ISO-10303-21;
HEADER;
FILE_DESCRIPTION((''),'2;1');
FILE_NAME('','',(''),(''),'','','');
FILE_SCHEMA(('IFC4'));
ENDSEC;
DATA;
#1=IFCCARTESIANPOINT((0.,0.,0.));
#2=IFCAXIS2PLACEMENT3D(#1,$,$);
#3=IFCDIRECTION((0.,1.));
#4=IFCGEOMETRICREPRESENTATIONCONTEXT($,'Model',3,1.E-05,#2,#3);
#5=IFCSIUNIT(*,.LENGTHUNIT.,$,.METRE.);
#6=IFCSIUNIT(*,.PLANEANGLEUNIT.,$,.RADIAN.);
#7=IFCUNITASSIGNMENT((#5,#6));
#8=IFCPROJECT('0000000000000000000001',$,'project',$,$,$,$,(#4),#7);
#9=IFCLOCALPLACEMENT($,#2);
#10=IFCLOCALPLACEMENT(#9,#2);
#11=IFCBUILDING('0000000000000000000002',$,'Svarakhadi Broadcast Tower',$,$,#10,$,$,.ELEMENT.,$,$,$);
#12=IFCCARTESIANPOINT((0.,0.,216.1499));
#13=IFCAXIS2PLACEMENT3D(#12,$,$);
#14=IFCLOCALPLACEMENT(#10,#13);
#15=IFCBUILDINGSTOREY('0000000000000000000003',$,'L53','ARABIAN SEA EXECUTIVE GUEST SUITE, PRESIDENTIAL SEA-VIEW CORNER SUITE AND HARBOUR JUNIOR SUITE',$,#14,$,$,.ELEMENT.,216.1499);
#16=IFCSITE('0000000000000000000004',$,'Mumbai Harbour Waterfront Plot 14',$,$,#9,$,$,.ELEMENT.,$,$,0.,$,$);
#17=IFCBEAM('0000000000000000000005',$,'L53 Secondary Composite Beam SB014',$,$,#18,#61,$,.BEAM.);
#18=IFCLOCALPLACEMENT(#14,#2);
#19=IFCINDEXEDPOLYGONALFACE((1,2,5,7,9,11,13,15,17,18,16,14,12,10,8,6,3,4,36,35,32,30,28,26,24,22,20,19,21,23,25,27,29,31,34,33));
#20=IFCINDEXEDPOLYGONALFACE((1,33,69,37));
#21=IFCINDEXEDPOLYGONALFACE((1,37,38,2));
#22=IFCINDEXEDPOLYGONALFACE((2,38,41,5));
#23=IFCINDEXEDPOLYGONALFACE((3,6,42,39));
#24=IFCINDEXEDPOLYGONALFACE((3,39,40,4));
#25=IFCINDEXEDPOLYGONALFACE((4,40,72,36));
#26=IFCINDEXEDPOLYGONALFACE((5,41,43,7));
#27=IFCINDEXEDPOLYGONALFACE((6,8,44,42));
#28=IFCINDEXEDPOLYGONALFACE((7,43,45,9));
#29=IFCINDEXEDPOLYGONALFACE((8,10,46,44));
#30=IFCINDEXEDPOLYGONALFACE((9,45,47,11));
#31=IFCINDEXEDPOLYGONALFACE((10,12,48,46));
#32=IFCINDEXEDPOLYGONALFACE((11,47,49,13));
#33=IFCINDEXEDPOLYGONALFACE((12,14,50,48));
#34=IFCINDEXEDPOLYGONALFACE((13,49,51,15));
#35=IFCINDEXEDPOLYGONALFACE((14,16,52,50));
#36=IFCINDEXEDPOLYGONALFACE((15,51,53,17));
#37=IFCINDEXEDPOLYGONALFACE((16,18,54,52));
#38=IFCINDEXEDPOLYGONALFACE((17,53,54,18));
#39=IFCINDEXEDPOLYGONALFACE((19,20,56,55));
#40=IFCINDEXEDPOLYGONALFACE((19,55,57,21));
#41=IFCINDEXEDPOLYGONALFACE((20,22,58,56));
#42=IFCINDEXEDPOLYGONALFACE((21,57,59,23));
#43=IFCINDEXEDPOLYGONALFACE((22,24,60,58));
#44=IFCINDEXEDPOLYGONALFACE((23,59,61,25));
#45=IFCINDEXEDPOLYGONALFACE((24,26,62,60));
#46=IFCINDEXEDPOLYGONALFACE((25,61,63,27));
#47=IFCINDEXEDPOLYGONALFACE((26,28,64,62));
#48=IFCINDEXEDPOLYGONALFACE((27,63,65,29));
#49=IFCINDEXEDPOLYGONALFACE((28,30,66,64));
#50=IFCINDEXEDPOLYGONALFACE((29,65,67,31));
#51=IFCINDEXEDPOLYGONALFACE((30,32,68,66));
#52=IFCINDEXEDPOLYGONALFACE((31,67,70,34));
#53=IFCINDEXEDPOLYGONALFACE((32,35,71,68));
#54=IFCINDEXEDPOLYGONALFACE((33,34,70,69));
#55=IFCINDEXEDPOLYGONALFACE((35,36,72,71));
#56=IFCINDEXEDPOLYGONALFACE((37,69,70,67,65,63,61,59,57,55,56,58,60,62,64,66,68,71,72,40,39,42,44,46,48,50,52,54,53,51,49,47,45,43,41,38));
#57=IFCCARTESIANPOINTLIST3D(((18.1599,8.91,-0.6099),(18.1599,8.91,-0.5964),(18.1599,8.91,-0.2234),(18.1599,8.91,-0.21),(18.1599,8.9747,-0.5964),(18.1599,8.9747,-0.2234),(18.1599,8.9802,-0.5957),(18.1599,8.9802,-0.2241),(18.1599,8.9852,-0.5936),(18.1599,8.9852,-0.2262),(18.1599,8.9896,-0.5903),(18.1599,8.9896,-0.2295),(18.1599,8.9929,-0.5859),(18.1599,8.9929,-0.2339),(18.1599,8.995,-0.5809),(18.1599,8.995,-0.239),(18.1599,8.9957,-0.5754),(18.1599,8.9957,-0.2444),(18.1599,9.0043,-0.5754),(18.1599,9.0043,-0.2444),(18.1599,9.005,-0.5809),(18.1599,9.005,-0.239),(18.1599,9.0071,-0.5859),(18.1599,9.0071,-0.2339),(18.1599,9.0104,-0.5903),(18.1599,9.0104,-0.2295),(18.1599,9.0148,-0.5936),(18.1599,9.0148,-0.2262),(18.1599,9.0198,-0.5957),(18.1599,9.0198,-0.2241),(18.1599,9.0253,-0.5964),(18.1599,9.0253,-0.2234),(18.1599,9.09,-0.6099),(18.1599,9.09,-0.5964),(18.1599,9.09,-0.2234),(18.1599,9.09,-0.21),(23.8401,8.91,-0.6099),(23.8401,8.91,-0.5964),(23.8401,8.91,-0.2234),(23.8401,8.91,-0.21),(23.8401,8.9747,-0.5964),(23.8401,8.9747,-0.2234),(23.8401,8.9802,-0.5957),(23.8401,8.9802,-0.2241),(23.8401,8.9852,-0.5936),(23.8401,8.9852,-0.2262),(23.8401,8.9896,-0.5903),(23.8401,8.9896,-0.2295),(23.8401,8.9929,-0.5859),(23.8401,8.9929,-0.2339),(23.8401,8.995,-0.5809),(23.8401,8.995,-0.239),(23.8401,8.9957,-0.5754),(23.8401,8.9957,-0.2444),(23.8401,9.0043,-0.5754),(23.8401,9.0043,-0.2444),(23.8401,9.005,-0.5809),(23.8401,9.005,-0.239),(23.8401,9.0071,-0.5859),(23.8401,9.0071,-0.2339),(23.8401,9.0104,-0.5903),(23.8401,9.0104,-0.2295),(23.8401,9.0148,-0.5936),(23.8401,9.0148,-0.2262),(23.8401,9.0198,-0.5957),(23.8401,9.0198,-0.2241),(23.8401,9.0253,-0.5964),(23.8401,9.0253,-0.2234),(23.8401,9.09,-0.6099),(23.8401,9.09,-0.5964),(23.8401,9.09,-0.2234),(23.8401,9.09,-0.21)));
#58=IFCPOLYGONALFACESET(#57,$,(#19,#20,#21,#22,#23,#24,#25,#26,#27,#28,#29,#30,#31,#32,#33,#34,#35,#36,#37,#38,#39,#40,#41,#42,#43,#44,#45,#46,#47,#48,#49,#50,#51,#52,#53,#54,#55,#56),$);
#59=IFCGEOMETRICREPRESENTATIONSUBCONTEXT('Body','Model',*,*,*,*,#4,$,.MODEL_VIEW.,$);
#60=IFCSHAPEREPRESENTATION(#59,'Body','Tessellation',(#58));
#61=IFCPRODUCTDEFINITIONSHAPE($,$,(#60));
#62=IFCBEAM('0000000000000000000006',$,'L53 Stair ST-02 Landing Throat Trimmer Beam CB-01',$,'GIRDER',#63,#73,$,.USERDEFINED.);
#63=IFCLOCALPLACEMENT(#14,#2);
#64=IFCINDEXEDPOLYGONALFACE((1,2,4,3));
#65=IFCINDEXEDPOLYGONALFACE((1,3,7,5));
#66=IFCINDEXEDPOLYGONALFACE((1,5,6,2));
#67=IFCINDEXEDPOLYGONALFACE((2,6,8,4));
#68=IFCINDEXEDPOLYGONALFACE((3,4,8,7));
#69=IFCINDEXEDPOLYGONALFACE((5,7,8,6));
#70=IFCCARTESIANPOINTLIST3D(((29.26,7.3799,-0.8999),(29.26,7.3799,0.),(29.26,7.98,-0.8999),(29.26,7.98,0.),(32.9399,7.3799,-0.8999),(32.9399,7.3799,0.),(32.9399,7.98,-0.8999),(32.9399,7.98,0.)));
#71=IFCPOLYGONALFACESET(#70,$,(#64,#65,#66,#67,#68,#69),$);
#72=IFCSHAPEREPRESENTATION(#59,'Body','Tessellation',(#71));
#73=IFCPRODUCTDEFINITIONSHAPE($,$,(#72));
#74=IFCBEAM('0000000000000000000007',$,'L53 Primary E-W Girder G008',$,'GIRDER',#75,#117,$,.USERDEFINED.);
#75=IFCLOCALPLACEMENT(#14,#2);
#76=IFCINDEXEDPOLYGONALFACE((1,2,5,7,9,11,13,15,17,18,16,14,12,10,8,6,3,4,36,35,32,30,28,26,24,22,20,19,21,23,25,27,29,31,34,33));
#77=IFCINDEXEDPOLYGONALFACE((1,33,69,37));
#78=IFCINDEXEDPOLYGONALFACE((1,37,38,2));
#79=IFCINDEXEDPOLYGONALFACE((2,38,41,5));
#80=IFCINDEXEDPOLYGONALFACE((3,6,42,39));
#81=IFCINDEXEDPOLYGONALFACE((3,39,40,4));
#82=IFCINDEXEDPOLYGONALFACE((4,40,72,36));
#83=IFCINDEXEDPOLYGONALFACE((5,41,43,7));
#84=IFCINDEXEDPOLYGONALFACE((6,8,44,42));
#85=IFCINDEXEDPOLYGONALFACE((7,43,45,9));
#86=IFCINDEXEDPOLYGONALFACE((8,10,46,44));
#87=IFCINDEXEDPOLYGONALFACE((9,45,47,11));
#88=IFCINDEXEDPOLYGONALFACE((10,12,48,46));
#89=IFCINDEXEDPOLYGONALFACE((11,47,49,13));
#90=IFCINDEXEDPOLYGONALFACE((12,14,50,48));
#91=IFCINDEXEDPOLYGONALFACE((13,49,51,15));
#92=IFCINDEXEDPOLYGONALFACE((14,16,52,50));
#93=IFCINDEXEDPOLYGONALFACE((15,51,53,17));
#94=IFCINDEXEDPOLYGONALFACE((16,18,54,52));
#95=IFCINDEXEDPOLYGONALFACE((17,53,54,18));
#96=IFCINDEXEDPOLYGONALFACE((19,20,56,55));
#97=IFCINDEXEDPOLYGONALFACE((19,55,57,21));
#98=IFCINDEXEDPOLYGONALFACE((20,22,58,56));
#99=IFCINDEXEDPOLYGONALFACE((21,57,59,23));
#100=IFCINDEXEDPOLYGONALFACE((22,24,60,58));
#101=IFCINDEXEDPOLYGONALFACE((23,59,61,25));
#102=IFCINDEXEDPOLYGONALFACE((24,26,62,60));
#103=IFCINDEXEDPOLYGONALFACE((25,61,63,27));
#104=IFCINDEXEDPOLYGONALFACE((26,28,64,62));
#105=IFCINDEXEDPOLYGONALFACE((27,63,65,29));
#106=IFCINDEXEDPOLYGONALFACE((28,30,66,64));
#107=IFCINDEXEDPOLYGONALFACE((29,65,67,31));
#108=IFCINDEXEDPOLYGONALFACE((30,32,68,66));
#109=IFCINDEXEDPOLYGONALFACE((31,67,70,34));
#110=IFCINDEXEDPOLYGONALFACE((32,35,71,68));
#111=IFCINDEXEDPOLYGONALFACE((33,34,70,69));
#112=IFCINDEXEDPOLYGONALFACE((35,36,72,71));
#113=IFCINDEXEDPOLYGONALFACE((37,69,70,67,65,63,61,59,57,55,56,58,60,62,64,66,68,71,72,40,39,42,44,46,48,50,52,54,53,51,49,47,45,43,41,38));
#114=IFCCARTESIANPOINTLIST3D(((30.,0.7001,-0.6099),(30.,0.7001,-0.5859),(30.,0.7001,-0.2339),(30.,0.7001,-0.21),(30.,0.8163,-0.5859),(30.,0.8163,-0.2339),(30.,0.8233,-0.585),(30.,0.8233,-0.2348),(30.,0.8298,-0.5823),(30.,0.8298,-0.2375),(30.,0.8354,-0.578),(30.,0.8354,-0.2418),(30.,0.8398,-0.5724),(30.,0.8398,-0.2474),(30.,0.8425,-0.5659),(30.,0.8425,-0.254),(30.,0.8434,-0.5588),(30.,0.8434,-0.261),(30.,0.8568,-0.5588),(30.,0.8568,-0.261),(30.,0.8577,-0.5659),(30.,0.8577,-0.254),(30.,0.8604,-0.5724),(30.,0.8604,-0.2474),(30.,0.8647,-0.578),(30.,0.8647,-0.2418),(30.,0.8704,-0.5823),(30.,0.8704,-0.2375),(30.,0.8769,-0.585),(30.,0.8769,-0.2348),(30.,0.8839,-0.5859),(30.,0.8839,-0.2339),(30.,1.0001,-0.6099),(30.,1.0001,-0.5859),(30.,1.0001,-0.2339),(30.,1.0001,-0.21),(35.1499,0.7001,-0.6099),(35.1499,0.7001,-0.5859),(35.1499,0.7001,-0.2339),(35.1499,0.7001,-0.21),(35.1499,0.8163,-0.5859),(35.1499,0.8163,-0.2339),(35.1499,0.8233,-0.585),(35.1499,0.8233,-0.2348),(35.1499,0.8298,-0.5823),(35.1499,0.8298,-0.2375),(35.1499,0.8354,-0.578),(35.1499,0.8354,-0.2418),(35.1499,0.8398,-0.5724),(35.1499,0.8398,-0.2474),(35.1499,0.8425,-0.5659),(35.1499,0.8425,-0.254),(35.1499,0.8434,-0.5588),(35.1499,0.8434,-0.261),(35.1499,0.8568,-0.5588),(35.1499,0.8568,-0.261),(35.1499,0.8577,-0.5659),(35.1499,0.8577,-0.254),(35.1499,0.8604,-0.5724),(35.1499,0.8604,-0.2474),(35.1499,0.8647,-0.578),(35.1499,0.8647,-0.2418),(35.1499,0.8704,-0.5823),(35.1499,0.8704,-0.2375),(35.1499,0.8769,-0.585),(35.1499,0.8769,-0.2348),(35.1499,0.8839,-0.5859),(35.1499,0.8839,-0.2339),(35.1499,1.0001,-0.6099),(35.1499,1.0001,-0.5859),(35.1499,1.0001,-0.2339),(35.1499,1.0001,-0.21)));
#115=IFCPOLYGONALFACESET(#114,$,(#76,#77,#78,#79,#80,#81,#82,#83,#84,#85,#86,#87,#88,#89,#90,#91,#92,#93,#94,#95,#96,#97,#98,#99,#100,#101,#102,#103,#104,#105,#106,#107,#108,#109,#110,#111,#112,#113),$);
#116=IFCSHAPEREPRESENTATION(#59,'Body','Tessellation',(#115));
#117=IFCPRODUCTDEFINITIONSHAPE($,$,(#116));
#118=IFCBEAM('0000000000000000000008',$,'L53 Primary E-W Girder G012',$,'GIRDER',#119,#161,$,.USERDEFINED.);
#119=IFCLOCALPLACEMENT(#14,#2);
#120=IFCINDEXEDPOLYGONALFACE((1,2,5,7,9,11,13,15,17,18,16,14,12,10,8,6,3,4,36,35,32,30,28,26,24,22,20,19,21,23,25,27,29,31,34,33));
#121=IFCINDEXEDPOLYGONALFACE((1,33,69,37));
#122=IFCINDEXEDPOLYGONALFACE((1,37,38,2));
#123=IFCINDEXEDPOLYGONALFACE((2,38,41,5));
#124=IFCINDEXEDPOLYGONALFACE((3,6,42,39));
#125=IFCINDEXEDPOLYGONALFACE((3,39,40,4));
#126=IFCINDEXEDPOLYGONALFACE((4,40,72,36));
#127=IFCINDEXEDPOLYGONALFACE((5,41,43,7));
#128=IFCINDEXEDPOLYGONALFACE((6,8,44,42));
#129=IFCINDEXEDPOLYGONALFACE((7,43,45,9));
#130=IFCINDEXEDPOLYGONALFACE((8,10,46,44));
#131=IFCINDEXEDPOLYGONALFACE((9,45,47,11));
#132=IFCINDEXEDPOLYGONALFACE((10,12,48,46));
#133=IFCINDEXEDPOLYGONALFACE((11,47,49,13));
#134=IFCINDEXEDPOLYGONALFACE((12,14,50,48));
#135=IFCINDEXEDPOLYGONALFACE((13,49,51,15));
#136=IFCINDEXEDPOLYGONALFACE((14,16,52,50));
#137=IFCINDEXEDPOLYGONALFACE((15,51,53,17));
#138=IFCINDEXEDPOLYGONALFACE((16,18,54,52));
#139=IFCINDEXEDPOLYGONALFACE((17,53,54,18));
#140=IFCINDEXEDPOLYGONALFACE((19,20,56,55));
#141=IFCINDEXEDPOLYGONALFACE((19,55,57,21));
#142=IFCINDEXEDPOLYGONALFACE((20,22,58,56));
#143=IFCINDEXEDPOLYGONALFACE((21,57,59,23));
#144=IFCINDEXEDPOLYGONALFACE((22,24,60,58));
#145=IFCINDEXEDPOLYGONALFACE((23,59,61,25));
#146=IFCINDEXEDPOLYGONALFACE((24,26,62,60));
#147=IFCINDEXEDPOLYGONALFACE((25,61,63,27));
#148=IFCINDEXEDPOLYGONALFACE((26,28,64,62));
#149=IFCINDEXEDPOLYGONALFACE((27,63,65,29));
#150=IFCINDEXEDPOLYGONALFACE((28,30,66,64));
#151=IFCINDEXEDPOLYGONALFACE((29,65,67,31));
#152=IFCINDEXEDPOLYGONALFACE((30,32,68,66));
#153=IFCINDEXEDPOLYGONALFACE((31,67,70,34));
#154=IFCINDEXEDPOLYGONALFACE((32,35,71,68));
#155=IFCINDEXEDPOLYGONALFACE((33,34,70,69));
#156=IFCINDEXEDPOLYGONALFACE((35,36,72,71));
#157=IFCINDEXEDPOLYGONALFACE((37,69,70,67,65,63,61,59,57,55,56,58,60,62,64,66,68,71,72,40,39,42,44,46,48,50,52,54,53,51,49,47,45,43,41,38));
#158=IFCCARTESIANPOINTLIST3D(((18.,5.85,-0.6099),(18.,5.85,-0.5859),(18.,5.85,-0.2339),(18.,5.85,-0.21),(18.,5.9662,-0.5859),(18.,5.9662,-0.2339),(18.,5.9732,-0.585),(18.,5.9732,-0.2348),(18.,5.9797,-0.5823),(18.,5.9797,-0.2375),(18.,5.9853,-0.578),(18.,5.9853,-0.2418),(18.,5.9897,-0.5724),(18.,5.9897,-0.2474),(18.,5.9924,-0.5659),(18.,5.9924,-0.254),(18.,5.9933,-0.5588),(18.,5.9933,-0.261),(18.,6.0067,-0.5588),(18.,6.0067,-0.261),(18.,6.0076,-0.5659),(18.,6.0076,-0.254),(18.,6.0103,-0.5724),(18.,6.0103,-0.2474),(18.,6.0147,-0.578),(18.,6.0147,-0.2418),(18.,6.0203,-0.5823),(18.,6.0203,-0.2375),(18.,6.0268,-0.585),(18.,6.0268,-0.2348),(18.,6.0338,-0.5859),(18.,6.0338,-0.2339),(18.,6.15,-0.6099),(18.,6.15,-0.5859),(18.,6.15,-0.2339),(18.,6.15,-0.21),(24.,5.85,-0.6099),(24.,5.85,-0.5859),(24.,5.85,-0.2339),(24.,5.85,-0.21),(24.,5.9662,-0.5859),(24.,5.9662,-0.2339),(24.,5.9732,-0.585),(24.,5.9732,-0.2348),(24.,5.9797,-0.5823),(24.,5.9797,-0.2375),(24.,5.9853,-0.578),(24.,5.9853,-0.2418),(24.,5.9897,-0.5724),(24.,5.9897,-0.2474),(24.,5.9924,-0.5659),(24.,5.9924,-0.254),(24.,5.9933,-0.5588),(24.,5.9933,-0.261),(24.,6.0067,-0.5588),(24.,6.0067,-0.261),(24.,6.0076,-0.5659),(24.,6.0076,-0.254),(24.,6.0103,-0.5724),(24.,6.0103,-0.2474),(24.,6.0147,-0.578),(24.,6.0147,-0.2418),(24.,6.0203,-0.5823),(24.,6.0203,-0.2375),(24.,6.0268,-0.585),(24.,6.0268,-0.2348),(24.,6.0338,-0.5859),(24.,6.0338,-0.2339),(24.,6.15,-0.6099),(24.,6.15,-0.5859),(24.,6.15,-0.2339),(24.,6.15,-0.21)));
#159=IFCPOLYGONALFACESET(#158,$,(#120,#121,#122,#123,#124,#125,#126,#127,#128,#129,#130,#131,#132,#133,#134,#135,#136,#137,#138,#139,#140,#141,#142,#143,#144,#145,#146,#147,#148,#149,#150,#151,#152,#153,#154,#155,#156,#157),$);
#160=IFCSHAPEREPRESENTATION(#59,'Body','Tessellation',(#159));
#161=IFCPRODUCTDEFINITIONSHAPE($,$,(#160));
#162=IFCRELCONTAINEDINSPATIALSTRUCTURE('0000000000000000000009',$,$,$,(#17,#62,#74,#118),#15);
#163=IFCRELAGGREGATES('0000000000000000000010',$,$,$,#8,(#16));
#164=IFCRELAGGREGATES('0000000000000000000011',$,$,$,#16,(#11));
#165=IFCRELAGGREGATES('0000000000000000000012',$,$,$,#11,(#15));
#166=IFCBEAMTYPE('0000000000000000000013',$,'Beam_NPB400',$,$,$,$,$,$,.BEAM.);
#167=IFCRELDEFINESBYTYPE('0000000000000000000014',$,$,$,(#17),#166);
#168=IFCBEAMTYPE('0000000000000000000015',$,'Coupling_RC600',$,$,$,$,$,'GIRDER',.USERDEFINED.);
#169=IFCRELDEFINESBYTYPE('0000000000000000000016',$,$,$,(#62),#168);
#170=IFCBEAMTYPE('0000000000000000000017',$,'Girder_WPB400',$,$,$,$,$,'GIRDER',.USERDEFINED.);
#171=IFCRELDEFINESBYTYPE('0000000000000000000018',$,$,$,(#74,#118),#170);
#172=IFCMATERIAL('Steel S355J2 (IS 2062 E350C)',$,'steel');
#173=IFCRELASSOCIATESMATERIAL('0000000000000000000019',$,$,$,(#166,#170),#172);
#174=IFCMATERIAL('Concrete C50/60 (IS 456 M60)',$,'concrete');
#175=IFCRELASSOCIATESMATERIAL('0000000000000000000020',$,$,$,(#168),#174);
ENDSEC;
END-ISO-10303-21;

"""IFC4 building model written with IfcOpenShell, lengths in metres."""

from ifc_helpers import new_model, si_unit, direction, frame, origin, origin_2d, place, context, subcontext, project, spatial, rectangle, i_section, extrude, material, material_profile, profile_set, type_object, element, save


model = new_model("IFC4")

# Units and contexts
model_context = context("Model", 3, precision=1e-05, world=origin(), true_north=direction((0.0, 1.0)))
body_context = subcontext(model_context, "Body", "Model", "MODEL_VIEW")
ifc_project = project(units=[si_unit("LENGTHUNIT", "METRE"), si_unit("PLANEANGLEUNIT", "RADIAN")], contexts=[model_context])

# Site, building, storey
site_placement = place(None, origin())
site = spatial("IfcSite", under=ifc_project, at=site_placement, Name="Mumbai Harbour Waterfront Plot 14", CompositionType="ELEMENT", RefElevation=0.0)
building_placement = place(site_placement, origin())
building = spatial("IfcBuilding", under=site, at=building_placement, Name="Svarakhadi Broadcast Tower", CompositionType="ELEMENT")
storey_placement = place(building_placement, frame((0.0, 0.0, 216.1499)))
storey = spatial("IfcBuildingStorey", under=building, at=storey_placement, Name="L53", Description="ARABIAN SEA EXECUTIVE GUEST SUITE, PRESIDENTIAL SEA-VIEW CORNER SUITE AND HARBOUR JUNIOR SUITE", CompositionType="ELEMENT", Elevation=216.1499)

# Shared definitions
ifc_material_1 = material(Name="Concrete C50/60 (IS 456 M60)", Category="concrete")

# Beams
ifc_material_2 = material(Name="Steel S355J2 (IS 2062 E350C)", Category="steel")
ifc_material_profile_1 = material_profile(ifc_material_2, i_section(OverallWidth=0.1799, OverallDepth=0.3999, WebThickness=0.0085, FlangeThickness=0.0134, FilletRadius=0.021, at=origin_2d()), Name="NPB 400x180x66")
ifc_profile_set_1 = profile_set([ifc_material_profile_1], Name="Steel S355J2 (IS 2062 E350C)")
beam_type_1 = type_object("IfcBeamType", Name="Beam_NPB400", PredefinedType="BEAM", material=ifc_profile_set_1)
for number, where, z_axis, x_axis, name in (
    (1, (18.1599, 9.0, -0.4099), (1.0, 0.0, 0.0), (0.0, 1.0, 0.0), "L53 Secondary Composite Beam SB014"),
):
    element("IfcBeam", number, at=place(storey_placement, frame(where, z_axis=z_axis, x_axis=x_axis)), inside=storey, type_object=beam_type_1, Name=name, PredefinedType="BEAM", context=body_context, shape_type="SweptSolid", body=[
        extrude(i_section(OverallWidth=0.1799, OverallDepth=0.3999, WebThickness=0.0085, FlangeThickness=0.0134, FilletRadius=0.021, at=origin_2d()), origin(), (0.0, 0.0, 1.0), 5.6802),
    ])
ifc_material_profile_2 = material_profile(ifc_material_1, rectangle(XDim=0.6001, YDim=0.8999, at=origin_2d()), Name="RC 600x900")
ifc_profile_set_2 = profile_set([ifc_material_profile_2], Name="Concrete C50/60 (IS 456 M60)")
beam_type_2 = type_object("IfcBeamType", Name="Coupling_RC600", ElementType="GIRDER", PredefinedType="USERDEFINED", material=ifc_profile_set_2)
beam_1_placement = place(storey_placement, frame((29.26, 7.6799, -0.45), z_axis=(1.0, 0.0, 0.0), x_axis=(0.0, 1.0, 0.0)))
element("IfcBeam", 2, at=beam_1_placement, inside=storey, type_object=beam_type_2, Name="L53 Stair ST-02 Landing Throat Trimmer Beam CB-01", ObjectType="GIRDER", PredefinedType="USERDEFINED", context=body_context, shape_type="SweptSolid", body=[
    extrude(rectangle(XDim=0.6001, YDim=0.8999, at=origin_2d()), origin(), (0.0, 0.0, 1.0), 3.6799),
])
ifc_material_profile_3 = material_profile(ifc_material_2, i_section(OverallWidth=0.3, OverallDepth=0.3999, WebThickness=0.0134, FlangeThickness=0.0239, FilletRadius=0.0271, at=origin_2d()), Name="WPB 400x300x155")
ifc_profile_set_3 = profile_set([ifc_material_profile_3], Name="Steel S355J2 (IS 2062 E350C)")
beam_type_3 = type_object("IfcBeamType", Name="Girder_WPB400", ElementType="GIRDER", PredefinedType="USERDEFINED", material=ifc_profile_set_3)
beam_2_placement = place(storey_placement, frame((30.0, 0.8501, -0.4099), z_axis=(1.0, 0.0, 0.0), x_axis=(0.0, 1.0, 0.0)))
element("IfcBeam", 3, at=beam_2_placement, inside=storey, type_object=beam_type_3, Name="L53 Primary E-W Girder G008", ObjectType="GIRDER", PredefinedType="USERDEFINED", context=body_context, shape_type="SweptSolid", body=[
    extrude(i_section(OverallWidth=0.3, OverallDepth=0.3999, WebThickness=0.0134, FlangeThickness=0.0239, FilletRadius=0.0271, at=origin_2d()), origin(), (0.0, 0.0, 1.0), 5.1499),
])
for number, where, z_axis, x_axis, name in (
    (4, (18.0, 6.0, -0.4099), (1.0, 0.0, 0.0), (0.0, 1.0, 0.0), "L53 Primary E-W Girder G012"),
):
    element("IfcBeam", number, at=place(storey_placement, frame(where, z_axis=z_axis, x_axis=x_axis)), inside=storey, type_object=beam_type_3, Name=name, ObjectType="GIRDER", PredefinedType="USERDEFINED", context=body_context, shape_type="SweptSolid", body=[
        extrude(i_section(OverallWidth=0.3, OverallDepth=0.3999, WebThickness=0.0134, FlangeThickness=0.0239, FilletRadius=0.0271, at=origin_2d()), origin(), (0.0, 0.0, 1.0), 6.0),
    ])

save(model, "model.ifc")
